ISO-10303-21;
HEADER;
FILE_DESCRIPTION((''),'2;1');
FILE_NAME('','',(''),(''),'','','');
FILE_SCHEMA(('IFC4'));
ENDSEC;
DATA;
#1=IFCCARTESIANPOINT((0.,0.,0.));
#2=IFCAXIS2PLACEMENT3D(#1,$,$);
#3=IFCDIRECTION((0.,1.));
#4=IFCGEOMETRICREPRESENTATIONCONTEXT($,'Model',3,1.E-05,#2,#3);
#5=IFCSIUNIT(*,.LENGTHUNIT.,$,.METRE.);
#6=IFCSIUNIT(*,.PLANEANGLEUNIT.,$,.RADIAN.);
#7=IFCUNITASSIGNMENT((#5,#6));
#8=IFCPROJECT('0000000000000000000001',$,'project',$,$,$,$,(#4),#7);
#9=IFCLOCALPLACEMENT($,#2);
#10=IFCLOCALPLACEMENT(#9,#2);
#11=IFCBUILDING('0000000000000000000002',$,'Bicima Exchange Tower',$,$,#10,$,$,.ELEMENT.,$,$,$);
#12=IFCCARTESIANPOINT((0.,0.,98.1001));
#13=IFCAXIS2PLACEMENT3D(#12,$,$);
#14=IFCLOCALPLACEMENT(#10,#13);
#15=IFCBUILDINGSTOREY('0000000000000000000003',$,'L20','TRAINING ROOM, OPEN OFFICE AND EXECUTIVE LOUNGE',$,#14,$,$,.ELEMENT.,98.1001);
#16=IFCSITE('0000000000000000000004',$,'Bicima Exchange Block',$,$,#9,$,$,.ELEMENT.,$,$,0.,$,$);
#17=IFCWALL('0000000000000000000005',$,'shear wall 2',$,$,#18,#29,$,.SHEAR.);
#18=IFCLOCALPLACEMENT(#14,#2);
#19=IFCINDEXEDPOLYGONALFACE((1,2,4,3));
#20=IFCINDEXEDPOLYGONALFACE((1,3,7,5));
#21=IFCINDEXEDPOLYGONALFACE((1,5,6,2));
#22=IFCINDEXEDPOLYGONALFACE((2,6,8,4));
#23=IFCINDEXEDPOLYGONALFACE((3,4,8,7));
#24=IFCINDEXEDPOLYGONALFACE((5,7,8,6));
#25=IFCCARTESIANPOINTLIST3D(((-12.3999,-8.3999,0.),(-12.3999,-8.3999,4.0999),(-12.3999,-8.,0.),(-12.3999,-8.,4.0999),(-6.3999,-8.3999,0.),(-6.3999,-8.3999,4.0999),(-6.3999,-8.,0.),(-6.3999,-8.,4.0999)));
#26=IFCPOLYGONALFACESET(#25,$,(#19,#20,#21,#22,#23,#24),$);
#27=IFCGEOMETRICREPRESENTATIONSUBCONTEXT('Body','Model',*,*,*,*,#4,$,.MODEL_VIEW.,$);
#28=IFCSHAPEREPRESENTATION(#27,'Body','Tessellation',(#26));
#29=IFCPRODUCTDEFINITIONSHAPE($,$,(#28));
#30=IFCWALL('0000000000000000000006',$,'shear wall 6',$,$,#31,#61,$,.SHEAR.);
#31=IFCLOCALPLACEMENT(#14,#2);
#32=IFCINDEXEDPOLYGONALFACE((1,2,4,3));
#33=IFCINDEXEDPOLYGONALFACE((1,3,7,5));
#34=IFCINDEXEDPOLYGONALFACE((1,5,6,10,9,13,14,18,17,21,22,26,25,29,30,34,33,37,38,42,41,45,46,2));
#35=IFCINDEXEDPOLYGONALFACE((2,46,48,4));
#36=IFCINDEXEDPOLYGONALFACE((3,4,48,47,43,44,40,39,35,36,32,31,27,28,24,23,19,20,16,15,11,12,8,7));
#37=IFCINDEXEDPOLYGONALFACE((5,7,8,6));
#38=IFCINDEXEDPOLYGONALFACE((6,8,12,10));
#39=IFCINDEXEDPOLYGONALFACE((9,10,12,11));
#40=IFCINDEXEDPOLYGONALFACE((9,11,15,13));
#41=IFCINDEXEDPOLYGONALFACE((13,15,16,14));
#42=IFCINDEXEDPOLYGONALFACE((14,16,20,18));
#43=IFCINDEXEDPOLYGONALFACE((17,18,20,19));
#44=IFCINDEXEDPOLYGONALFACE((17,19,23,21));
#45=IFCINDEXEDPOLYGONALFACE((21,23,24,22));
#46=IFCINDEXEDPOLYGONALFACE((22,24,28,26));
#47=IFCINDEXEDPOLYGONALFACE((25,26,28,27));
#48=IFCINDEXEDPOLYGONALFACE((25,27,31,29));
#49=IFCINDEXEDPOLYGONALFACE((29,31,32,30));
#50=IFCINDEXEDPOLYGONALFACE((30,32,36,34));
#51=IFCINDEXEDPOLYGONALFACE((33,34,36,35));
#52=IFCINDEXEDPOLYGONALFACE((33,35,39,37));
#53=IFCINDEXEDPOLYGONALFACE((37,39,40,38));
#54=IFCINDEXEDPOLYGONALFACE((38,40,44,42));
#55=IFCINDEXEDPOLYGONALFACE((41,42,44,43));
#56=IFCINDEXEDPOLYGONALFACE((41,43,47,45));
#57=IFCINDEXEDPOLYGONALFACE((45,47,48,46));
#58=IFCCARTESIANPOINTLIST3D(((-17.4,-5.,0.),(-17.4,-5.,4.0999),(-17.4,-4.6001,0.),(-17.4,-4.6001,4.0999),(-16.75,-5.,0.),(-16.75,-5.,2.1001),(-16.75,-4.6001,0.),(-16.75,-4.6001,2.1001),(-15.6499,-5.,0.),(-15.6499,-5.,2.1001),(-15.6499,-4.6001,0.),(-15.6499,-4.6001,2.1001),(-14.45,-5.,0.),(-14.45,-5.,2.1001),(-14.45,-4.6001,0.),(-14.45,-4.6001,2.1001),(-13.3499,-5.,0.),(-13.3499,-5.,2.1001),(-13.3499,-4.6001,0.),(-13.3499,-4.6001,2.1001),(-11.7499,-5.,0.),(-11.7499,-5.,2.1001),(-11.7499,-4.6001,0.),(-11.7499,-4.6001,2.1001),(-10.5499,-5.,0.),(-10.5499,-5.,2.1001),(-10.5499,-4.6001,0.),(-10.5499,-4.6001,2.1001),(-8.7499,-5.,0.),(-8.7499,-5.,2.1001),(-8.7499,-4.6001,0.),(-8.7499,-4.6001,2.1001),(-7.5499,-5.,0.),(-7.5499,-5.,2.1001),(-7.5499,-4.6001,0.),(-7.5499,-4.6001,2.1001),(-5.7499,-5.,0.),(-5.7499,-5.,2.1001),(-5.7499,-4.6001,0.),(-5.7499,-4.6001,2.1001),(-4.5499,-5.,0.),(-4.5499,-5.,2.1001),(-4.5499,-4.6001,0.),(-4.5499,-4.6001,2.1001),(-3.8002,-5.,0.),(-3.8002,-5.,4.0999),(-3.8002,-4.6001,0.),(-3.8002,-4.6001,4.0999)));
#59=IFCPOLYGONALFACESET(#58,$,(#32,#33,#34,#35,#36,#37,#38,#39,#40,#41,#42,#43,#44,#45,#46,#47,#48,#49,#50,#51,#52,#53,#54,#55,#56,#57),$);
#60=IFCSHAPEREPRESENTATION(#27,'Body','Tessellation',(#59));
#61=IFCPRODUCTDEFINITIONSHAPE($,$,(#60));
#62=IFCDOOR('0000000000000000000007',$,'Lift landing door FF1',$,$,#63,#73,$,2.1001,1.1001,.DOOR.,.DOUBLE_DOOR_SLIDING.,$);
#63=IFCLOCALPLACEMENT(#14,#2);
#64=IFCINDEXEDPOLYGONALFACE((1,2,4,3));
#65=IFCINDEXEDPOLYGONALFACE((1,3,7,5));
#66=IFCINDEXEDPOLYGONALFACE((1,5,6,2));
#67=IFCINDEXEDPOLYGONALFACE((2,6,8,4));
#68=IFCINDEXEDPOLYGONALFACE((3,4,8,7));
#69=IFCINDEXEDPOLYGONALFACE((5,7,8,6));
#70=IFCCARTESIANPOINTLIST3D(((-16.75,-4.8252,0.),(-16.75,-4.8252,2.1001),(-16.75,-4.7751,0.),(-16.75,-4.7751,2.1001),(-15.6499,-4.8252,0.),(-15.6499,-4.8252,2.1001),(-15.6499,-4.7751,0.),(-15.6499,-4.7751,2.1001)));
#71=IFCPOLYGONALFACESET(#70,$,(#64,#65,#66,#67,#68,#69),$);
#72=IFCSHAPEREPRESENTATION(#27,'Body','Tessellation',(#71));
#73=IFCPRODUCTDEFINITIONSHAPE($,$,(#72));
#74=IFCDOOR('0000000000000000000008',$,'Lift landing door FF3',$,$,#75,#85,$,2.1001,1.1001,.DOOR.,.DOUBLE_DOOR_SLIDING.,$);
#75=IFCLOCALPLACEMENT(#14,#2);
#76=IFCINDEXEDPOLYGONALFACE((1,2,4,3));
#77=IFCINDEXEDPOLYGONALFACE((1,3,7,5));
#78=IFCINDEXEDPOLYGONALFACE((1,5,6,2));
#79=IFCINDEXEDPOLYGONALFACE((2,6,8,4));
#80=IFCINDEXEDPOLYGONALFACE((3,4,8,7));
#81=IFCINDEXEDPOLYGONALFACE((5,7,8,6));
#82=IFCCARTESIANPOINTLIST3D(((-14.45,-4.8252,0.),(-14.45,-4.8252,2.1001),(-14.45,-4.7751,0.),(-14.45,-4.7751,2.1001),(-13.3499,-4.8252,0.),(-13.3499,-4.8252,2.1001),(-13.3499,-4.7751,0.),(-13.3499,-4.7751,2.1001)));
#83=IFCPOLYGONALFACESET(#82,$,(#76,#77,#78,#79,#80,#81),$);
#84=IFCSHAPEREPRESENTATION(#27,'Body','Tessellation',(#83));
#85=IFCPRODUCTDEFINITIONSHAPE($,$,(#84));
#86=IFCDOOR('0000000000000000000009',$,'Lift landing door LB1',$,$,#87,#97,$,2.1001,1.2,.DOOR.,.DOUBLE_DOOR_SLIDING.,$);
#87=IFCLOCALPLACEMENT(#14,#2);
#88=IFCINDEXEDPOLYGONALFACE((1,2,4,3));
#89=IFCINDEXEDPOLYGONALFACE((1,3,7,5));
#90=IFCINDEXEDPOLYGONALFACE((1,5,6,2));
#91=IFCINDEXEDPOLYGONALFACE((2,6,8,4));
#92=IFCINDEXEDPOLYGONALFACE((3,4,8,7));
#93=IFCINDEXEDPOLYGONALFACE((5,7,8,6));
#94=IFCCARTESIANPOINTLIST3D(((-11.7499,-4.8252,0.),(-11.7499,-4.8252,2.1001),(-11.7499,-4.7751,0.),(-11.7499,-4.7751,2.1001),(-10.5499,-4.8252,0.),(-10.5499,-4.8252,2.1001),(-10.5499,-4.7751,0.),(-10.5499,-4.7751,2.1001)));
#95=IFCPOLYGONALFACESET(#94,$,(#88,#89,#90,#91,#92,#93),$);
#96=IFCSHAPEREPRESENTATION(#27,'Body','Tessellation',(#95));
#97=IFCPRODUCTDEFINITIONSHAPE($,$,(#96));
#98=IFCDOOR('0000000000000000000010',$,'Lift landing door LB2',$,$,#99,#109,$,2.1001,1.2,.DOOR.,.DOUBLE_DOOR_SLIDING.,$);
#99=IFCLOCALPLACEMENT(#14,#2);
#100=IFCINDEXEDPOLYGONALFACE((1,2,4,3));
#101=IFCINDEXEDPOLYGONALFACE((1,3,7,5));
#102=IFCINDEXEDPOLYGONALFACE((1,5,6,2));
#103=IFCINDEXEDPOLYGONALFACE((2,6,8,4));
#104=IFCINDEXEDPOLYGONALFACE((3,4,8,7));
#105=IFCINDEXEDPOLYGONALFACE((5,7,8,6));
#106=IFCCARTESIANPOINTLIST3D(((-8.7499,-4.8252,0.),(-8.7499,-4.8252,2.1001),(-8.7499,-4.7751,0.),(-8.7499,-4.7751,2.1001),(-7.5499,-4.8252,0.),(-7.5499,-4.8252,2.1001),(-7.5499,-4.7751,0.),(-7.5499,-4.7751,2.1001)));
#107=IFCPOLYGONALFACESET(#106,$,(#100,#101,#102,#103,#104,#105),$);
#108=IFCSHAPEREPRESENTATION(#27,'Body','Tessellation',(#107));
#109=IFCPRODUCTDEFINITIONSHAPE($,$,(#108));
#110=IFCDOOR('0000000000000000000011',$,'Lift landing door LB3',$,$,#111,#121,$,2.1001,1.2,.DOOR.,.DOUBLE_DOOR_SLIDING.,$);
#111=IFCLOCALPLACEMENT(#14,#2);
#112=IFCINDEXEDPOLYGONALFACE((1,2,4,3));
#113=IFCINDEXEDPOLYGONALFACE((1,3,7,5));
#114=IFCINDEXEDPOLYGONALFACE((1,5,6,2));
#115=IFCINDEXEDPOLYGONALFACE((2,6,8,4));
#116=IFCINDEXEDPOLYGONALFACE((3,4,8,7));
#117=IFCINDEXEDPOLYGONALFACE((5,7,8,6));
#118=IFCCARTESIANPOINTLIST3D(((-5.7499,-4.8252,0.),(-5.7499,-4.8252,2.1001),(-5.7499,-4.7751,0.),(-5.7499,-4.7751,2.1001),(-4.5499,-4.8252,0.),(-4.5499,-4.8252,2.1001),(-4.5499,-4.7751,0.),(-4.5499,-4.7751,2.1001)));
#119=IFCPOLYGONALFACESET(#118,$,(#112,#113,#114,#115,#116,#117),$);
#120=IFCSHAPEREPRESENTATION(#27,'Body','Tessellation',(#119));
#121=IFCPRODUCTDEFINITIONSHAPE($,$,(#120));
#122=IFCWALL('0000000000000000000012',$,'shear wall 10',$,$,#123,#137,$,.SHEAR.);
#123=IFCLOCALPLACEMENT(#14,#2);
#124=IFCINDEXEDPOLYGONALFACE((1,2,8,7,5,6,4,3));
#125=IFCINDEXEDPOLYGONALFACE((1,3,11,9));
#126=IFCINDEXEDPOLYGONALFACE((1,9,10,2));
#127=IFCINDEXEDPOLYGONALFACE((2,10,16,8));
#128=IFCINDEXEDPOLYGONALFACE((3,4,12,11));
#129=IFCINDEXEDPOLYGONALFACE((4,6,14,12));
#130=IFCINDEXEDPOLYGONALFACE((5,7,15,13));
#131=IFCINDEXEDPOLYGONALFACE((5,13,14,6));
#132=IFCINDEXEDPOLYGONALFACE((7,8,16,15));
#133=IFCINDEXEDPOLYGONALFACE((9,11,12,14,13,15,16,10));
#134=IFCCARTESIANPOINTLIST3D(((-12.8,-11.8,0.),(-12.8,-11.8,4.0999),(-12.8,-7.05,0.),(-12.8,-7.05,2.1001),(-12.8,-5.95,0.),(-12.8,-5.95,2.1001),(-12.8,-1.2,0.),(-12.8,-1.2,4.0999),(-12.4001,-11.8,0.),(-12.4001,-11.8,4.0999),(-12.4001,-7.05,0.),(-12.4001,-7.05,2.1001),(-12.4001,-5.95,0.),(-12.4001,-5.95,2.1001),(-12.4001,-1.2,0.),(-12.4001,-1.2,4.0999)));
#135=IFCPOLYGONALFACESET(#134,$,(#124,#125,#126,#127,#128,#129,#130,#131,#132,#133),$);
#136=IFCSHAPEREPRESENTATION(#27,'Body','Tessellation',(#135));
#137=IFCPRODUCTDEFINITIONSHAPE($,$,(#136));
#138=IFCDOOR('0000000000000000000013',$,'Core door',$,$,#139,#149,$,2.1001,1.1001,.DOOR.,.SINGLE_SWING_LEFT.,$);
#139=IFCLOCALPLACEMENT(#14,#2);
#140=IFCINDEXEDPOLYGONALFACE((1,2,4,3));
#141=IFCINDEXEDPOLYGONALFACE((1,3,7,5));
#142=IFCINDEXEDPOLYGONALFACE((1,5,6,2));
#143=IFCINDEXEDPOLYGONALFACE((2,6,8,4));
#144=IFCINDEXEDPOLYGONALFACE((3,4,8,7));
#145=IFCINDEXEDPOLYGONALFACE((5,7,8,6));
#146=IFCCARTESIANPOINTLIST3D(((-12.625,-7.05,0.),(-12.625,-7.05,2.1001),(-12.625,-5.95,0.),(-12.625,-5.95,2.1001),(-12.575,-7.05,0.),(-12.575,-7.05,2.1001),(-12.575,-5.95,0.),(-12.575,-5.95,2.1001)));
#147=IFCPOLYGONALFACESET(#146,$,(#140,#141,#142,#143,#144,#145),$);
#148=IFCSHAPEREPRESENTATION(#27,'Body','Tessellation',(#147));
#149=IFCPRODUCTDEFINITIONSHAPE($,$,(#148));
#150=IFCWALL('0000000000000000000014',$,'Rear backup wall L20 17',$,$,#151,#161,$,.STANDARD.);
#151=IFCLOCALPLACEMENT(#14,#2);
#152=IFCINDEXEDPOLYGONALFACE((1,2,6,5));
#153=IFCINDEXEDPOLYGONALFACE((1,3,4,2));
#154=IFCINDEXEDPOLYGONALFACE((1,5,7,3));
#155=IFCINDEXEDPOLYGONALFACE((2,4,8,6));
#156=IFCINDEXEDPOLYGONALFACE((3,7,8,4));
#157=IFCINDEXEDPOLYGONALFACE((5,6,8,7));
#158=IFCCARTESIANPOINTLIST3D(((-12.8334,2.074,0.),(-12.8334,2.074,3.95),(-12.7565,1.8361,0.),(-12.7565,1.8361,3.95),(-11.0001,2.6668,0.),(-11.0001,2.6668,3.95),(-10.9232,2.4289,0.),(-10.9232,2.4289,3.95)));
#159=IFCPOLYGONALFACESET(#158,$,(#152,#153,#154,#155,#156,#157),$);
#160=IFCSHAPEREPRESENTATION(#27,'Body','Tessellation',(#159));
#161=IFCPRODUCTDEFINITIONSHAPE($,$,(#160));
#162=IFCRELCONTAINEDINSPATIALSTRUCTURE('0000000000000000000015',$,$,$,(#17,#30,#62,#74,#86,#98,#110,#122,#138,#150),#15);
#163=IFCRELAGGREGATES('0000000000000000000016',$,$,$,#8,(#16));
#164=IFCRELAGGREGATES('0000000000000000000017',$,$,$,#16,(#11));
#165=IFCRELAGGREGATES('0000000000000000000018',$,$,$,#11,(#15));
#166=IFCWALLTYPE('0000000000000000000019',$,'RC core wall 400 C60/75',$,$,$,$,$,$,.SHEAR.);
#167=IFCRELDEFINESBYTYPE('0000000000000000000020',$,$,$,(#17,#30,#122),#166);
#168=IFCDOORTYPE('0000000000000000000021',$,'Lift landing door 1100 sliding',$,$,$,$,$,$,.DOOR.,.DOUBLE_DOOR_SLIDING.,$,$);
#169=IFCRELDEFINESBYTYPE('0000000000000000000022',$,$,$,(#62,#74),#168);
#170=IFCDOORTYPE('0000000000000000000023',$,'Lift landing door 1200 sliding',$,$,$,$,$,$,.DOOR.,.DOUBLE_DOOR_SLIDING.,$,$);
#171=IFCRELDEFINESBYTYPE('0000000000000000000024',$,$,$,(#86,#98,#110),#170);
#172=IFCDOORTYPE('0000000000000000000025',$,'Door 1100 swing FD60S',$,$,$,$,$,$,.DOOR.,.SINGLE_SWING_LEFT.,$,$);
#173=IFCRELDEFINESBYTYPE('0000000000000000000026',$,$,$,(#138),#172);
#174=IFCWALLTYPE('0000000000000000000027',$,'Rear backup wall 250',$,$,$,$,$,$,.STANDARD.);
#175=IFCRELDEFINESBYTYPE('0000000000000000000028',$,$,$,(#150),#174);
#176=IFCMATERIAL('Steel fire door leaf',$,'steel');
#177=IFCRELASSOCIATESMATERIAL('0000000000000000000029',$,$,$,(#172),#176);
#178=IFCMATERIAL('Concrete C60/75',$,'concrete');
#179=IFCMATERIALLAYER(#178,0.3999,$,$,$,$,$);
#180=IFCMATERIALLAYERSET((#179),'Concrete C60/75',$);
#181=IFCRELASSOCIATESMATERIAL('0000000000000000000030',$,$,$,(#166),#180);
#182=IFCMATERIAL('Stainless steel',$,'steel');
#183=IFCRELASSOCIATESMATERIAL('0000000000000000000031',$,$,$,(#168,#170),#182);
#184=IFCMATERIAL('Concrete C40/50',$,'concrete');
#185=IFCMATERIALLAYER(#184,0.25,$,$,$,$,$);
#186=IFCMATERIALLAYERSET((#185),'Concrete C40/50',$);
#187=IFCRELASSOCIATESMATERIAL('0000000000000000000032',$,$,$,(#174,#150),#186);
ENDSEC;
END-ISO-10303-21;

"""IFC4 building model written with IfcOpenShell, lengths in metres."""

from ifc_helpers import new_model, si_unit, direction, frame, frame_2d, origin, place, context, subcontext, project, spatial, rectangle, extrude, material, layer, layer_set, layer_usage, type_object, element, fill, save


model = new_model("IFC4")

# Units and contexts
model_context = context("Model", 3, precision=1e-05, world=origin(), true_north=direction((0.0, 1.0)))
body_context = subcontext(model_context, "Body", "Model", "MODEL_VIEW")
ifc_project = project(units=[si_unit("LENGTHUNIT", "METRE"), si_unit("PLANEANGLEUNIT", "RADIAN")], contexts=[model_context])

# Site, building, storey
site_placement = place(None, origin())
site = spatial("IfcSite", under=ifc_project, at=site_placement, Name="Bicima Exchange Block", CompositionType="ELEMENT", RefElevation=0.0)
building_placement = place(site_placement, origin())
building = spatial("IfcBuilding", under=site, at=building_placement, Name="Bicima Exchange Tower", CompositionType="ELEMENT")
storey_placement = place(building_placement, frame((0.0, 0.0, 98.1001)))
storey = spatial("IfcBuildingStorey", under=building, at=storey_placement, Name="L20", Description="TRAINING ROOM, OPEN OFFICE AND EXECUTIVE LOUNGE", CompositionType="ELEMENT", Elevation=98.1001)

# Shared definitions
ifc_material_1 = material(Name="Steel fire door leaf", Category="steel")
door_type_1 = type_object("IfcDoorType", Name="Door 1100 swing FD60S", OperationType="SINGLE_SWING_LEFT", PredefinedType="DOOR", material=ifc_material_1)

# Wall
ifc_material_2 = material(Name="Concrete C60/75", Category="concrete")
ifc_layer_1 = layer(ifc_material_2, 0.3999)
ifc_layer_set_1 = layer_set([ifc_layer_1], Name="Concrete C60/75")
wall_type_1 = type_object("IfcWallType", Name="RC core wall 400 C60/75", PredefinedType="SHEAR", material=ifc_layer_set_1)
wall_1_placement = place(storey_placement, frame((-12.3999, -8.2, 0.0), z_axis=(0.0, 0.0, 1.0), x_axis=(1.0, 0.0, 0.0)))
element("IfcWall", 1, at=wall_1_placement, inside=storey, type_object=wall_type_1, Name="shear wall 2", PredefinedType="SHEAR", context=body_context, shape_type="SweptSolid", body=[
    extrude(rectangle(XDim=6.0, YDim=0.3999, at=frame_2d((3.0, 0.0))), origin(), (0.0, 0.0, 1.0), 4.0999),
])

# Wall, openings, doors
wall_2_placement = place(storey_placement, frame((-17.3999, -4.8, 0.0), z_axis=(0.0, 0.0, 1.0), x_axis=(1.0, 0.0, 0.0)))
wall_2 = element("IfcWall", 2, at=wall_2_placement, inside=storey, type_object=wall_type_1, Name="shear wall 6", PredefinedType="SHEAR", context=body_context, shape_type="SweptSolid", body=[
    extrude(rectangle(XDim=13.5999, YDim=0.3999, at=frame_2d((6.7998, 0.0))), origin(), (0.0, 0.0, 1.0), 4.0999),
])
opening_1_placement = place(wall_2_placement, frame((0.6499, 0.0, 0.0)))
opening_1 = element("IfcOpeningElement", 3, at=opening_1_placement, cuts=wall_2, PredefinedType="OPENING", context=body_context, shape_type="SweptSolid", body=[
    extrude(rectangle(XDim=1.1001, YDim=2.1001, at=frame_2d((0.55, 1.05))), frame((0.0, 0.2119, 0.0), z_axis=(0.0, -1.0, 0.0), x_axis=(1.0, 0.0, 0.0)), (0.0, 0.0, 1.0), 0.4238),
])
opening_2_placement = place(wall_2_placement, frame((2.95, 0.0, 0.0)))
opening_2 = element("IfcOpeningElement", 4, at=opening_2_placement, cuts=wall_2, PredefinedType="OPENING", context=body_context, shape_type="SweptSolid", body=[
    extrude(rectangle(XDim=1.1001, YDim=2.1001, at=frame_2d((0.55, 1.05))), frame((0.0, 0.2119, 0.0), z_axis=(0.0, -1.0, 0.0), x_axis=(1.0, 0.0, 0.0)), (0.0, 0.0, 1.0), 0.4238),
])
opening_3_placement = place(wall_2_placement, frame((5.6499, 0.0, 0.0)))
opening_3 = element("IfcOpeningElement", 5, at=opening_3_placement, cuts=wall_2, PredefinedType="OPENING", context=body_context, shape_type="SweptSolid", body=[
    extrude(rectangle(XDim=1.2, YDim=2.1001, at=frame_2d((0.6001, 1.05))), frame((0.0, 0.2119, 0.0), z_axis=(0.0, -1.0, 0.0), x_axis=(1.0, 0.0, 0.0)), (0.0, 0.0, 1.0), 0.4238),
])
opening_4_placement = place(wall_2_placement, frame((8.6499, 0.0, 0.0)))
opening_4 = element("IfcOpeningElement", 6, at=opening_4_placement, cuts=wall_2, PredefinedType="OPENING", context=body_context, shape_type="SweptSolid", body=[
    extrude(rectangle(XDim=1.2, YDim=2.1001, at=frame_2d((0.6001, 1.05))), frame((0.0, 0.2119, 0.0), z_axis=(0.0, -1.0, 0.0), x_axis=(1.0, 0.0, 0.0)), (0.0, 0.0, 1.0), 0.4238),
])
opening_5_placement = place(wall_2_placement, frame((11.6499, 0.0, 0.0)))
opening_5 = element("IfcOpeningElement", 7, at=opening_5_placement, cuts=wall_2, PredefinedType="OPENING", context=body_context, shape_type="SweptSolid", body=[
    extrude(rectangle(XDim=1.2, YDim=2.1001, at=frame_2d((0.6001, 1.05))), frame((0.0, 0.2119, 0.0), z_axis=(0.0, -1.0, 0.0), x_axis=(1.0, 0.0, 0.0)), (0.0, 0.0, 1.0), 0.4238),
])
ifc_material_3 = material(Name="Stainless steel", Category="steel")
door_type_2 = type_object("IfcDoorType", Name="Lift landing door 1100 sliding", OperationType="DOUBLE_DOOR_SLIDING", PredefinedType="DOOR", material=ifc_material_3)
door_1_placement = place(opening_1_placement, origin())
door_1 = element("IfcDoor", 8, at=door_1_placement, inside=storey, type_object=door_type_2, Name="Lift landing door FF1", OperationType="DOUBLE_DOOR_SLIDING", OverallHeight=2.1001, OverallWidth=1.1001, PredefinedType="DOOR", context=body_context, shape_type="SweptSolid", body=[
    extrude(rectangle(XDim=1.1001, YDim=2.1001, at=frame_2d((0.55, 1.05))), frame((0.0, 0.0249, 0.0), z_axis=(0.0, -1.0, 0.0), x_axis=(1.0, 0.0, 0.0)), (0.0, 0.0, 1.0), 0.05),
])
fill(opening_1, door_1)
door_2_placement = place(opening_2_placement, origin())
door_2 = element("IfcDoor", 9, at=door_2_placement, inside=storey, type_object=door_type_2, Name="Lift landing door FF3", OperationType="DOUBLE_DOOR_SLIDING", OverallHeight=2.1001, OverallWidth=1.1001, PredefinedType="DOOR", context=body_context, shape_type="SweptSolid", body=[
    extrude(rectangle(XDim=1.1001, YDim=2.1001, at=frame_2d((0.55, 1.05))), frame((0.0, 0.0249, 0.0), z_axis=(0.0, -1.0, 0.0), x_axis=(1.0, 0.0, 0.0)), (0.0, 0.0, 1.0), 0.05),
])
fill(opening_2, door_2)
door_type_3 = type_object("IfcDoorType", Name="Lift landing door 1200 sliding", OperationType="DOUBLE_DOOR_SLIDING", PredefinedType="DOOR", material=ifc_material_3)
door_3_placement = place(opening_3_placement, origin())
door_3 = element("IfcDoor", 10, at=door_3_placement, inside=storey, type_object=door_type_3, Name="Lift landing door LB1", OperationType="DOUBLE_DOOR_SLIDING", OverallHeight=2.1001, OverallWidth=1.2, PredefinedType="DOOR", context=body_context, shape_type="SweptSolid", body=[
    extrude(rectangle(XDim=1.2, YDim=2.1001, at=frame_2d((0.6001, 1.05))), frame((0.0, 0.0249, 0.0), z_axis=(0.0, -1.0, 0.0), x_axis=(1.0, 0.0, 0.0)), (0.0, 0.0, 1.0), 0.05),
])
fill(opening_3, door_3)
door_4_placement = place(opening_4_placement, origin())
door_4 = element("IfcDoor", 11, at=door_4_placement, inside=storey, type_object=door_type_3, Name="Lift landing door LB2", OperationType="DOUBLE_DOOR_SLIDING", OverallHeight=2.1001, OverallWidth=1.2, PredefinedType="DOOR", context=body_context, shape_type="SweptSolid", body=[
    extrude(rectangle(XDim=1.2, YDim=2.1001, at=frame_2d((0.6001, 1.05))), frame((0.0, 0.0249, 0.0), z_axis=(0.0, -1.0, 0.0), x_axis=(1.0, 0.0, 0.0)), (0.0, 0.0, 1.0), 0.05),
])
fill(opening_4, door_4)
door_5_placement = place(opening_5_placement, origin())
door_5 = element("IfcDoor", 12, at=door_5_placement, inside=storey, type_object=door_type_3, Name="Lift landing door LB3", OperationType="DOUBLE_DOOR_SLIDING", OverallHeight=2.1001, OverallWidth=1.2, PredefinedType="DOOR", context=body_context, shape_type="SweptSolid", body=[
    extrude(rectangle(XDim=1.2, YDim=2.1001, at=frame_2d((0.6001, 1.05))), frame((0.0, 0.0249, 0.0), z_axis=(0.0, -1.0, 0.0), x_axis=(1.0, 0.0, 0.0)), (0.0, 0.0, 1.0), 0.05),
])
fill(opening_5, door_5)

# Wall, opening, door
wall_3_placement = place(storey_placement, frame((-12.6001, -11.8, 0.0), z_axis=(0.0, 0.0, 1.0), x_axis=(0.0, 1.0, 0.0)))
wall_3 = element("IfcWall", 13, at=wall_3_placement, inside=storey, type_object=wall_type_1, Name="shear wall 10", PredefinedType="SHEAR", context=body_context, shape_type="SweptSolid", body=[
    extrude(rectangle(XDim=10.6001, YDim=0.3999, at=frame_2d((5.3, 0.0))), origin(), (0.0, 0.0, 1.0), 4.0999),
])
opening_6_placement = place(wall_3_placement, frame((4.75, 0.0, 0.0)))
opening_6 = element("IfcOpeningElement", 14, at=opening_6_placement, cuts=wall_3, PredefinedType="OPENING", context=body_context, shape_type="SweptSolid", body=[
    extrude(rectangle(XDim=1.1001, YDim=2.1001, at=frame_2d((0.55, 1.05))), frame((0.0, 0.2119, 0.0), z_axis=(0.0, -1.0, 0.0), x_axis=(1.0, 0.0, 0.0)), (0.0, 0.0, 1.0), 0.4238),
])
door_6_placement = place(opening_6_placement, origin())
door_6 = element("IfcDoor", 15, at=door_6_placement, inside=storey, type_object=door_type_1, Name="Core door", OperationType="SINGLE_SWING_LEFT", OverallHeight=2.1001, OverallWidth=1.1001, PredefinedType="DOOR", context=body_context, shape_type="SweptSolid", body=[
    extrude(rectangle(XDim=1.1001, YDim=2.1001, at=frame_2d((0.55, 1.05))), frame((0.0, 0.0249, 0.0), z_axis=(0.0, -1.0, 0.0), x_axis=(1.0, 0.0, 0.0)), (0.0, 0.0, 1.0), 0.05),
])
fill(opening_6, door_6)

# Wall
ifc_material_4 = material(Name="Concrete C40/50", Category="concrete")
ifc_layer_2 = layer(ifc_material_4, 0.25)
ifc_layer_set_2 = layer_set([ifc_layer_2], Name="Concrete C40/50")
ifc_layer_usage = layer_usage(ifc_layer_set_2, "AXIS2", "POSITIVE", -0.125)
wall_type_2 = type_object("IfcWallType", Name="Rear backup wall 250", PredefinedType="STANDARD", material=ifc_layer_set_2)
wall_4_placement = place(storey_placement, frame((-10.9617, 2.5479, 0.0), z_axis=(0.0, 0.0, 1.0), x_axis=(-0.951496, -0.307662, 0.0)))
element("IfcWall", 16, at=wall_4_placement, inside=storey, type_object=wall_type_2, material=ifc_layer_usage, Name="Rear backup wall L20 17", PredefinedType="STANDARD", context=body_context, shape_type="SweptSolid", body=[
    extrude(rectangle(XDim=1.9268, YDim=0.25, at=frame_2d((0.9634, 0.0))), origin(), (0.0, 0.0, 1.0), 3.95),
])

save(model, "model.ifc")
